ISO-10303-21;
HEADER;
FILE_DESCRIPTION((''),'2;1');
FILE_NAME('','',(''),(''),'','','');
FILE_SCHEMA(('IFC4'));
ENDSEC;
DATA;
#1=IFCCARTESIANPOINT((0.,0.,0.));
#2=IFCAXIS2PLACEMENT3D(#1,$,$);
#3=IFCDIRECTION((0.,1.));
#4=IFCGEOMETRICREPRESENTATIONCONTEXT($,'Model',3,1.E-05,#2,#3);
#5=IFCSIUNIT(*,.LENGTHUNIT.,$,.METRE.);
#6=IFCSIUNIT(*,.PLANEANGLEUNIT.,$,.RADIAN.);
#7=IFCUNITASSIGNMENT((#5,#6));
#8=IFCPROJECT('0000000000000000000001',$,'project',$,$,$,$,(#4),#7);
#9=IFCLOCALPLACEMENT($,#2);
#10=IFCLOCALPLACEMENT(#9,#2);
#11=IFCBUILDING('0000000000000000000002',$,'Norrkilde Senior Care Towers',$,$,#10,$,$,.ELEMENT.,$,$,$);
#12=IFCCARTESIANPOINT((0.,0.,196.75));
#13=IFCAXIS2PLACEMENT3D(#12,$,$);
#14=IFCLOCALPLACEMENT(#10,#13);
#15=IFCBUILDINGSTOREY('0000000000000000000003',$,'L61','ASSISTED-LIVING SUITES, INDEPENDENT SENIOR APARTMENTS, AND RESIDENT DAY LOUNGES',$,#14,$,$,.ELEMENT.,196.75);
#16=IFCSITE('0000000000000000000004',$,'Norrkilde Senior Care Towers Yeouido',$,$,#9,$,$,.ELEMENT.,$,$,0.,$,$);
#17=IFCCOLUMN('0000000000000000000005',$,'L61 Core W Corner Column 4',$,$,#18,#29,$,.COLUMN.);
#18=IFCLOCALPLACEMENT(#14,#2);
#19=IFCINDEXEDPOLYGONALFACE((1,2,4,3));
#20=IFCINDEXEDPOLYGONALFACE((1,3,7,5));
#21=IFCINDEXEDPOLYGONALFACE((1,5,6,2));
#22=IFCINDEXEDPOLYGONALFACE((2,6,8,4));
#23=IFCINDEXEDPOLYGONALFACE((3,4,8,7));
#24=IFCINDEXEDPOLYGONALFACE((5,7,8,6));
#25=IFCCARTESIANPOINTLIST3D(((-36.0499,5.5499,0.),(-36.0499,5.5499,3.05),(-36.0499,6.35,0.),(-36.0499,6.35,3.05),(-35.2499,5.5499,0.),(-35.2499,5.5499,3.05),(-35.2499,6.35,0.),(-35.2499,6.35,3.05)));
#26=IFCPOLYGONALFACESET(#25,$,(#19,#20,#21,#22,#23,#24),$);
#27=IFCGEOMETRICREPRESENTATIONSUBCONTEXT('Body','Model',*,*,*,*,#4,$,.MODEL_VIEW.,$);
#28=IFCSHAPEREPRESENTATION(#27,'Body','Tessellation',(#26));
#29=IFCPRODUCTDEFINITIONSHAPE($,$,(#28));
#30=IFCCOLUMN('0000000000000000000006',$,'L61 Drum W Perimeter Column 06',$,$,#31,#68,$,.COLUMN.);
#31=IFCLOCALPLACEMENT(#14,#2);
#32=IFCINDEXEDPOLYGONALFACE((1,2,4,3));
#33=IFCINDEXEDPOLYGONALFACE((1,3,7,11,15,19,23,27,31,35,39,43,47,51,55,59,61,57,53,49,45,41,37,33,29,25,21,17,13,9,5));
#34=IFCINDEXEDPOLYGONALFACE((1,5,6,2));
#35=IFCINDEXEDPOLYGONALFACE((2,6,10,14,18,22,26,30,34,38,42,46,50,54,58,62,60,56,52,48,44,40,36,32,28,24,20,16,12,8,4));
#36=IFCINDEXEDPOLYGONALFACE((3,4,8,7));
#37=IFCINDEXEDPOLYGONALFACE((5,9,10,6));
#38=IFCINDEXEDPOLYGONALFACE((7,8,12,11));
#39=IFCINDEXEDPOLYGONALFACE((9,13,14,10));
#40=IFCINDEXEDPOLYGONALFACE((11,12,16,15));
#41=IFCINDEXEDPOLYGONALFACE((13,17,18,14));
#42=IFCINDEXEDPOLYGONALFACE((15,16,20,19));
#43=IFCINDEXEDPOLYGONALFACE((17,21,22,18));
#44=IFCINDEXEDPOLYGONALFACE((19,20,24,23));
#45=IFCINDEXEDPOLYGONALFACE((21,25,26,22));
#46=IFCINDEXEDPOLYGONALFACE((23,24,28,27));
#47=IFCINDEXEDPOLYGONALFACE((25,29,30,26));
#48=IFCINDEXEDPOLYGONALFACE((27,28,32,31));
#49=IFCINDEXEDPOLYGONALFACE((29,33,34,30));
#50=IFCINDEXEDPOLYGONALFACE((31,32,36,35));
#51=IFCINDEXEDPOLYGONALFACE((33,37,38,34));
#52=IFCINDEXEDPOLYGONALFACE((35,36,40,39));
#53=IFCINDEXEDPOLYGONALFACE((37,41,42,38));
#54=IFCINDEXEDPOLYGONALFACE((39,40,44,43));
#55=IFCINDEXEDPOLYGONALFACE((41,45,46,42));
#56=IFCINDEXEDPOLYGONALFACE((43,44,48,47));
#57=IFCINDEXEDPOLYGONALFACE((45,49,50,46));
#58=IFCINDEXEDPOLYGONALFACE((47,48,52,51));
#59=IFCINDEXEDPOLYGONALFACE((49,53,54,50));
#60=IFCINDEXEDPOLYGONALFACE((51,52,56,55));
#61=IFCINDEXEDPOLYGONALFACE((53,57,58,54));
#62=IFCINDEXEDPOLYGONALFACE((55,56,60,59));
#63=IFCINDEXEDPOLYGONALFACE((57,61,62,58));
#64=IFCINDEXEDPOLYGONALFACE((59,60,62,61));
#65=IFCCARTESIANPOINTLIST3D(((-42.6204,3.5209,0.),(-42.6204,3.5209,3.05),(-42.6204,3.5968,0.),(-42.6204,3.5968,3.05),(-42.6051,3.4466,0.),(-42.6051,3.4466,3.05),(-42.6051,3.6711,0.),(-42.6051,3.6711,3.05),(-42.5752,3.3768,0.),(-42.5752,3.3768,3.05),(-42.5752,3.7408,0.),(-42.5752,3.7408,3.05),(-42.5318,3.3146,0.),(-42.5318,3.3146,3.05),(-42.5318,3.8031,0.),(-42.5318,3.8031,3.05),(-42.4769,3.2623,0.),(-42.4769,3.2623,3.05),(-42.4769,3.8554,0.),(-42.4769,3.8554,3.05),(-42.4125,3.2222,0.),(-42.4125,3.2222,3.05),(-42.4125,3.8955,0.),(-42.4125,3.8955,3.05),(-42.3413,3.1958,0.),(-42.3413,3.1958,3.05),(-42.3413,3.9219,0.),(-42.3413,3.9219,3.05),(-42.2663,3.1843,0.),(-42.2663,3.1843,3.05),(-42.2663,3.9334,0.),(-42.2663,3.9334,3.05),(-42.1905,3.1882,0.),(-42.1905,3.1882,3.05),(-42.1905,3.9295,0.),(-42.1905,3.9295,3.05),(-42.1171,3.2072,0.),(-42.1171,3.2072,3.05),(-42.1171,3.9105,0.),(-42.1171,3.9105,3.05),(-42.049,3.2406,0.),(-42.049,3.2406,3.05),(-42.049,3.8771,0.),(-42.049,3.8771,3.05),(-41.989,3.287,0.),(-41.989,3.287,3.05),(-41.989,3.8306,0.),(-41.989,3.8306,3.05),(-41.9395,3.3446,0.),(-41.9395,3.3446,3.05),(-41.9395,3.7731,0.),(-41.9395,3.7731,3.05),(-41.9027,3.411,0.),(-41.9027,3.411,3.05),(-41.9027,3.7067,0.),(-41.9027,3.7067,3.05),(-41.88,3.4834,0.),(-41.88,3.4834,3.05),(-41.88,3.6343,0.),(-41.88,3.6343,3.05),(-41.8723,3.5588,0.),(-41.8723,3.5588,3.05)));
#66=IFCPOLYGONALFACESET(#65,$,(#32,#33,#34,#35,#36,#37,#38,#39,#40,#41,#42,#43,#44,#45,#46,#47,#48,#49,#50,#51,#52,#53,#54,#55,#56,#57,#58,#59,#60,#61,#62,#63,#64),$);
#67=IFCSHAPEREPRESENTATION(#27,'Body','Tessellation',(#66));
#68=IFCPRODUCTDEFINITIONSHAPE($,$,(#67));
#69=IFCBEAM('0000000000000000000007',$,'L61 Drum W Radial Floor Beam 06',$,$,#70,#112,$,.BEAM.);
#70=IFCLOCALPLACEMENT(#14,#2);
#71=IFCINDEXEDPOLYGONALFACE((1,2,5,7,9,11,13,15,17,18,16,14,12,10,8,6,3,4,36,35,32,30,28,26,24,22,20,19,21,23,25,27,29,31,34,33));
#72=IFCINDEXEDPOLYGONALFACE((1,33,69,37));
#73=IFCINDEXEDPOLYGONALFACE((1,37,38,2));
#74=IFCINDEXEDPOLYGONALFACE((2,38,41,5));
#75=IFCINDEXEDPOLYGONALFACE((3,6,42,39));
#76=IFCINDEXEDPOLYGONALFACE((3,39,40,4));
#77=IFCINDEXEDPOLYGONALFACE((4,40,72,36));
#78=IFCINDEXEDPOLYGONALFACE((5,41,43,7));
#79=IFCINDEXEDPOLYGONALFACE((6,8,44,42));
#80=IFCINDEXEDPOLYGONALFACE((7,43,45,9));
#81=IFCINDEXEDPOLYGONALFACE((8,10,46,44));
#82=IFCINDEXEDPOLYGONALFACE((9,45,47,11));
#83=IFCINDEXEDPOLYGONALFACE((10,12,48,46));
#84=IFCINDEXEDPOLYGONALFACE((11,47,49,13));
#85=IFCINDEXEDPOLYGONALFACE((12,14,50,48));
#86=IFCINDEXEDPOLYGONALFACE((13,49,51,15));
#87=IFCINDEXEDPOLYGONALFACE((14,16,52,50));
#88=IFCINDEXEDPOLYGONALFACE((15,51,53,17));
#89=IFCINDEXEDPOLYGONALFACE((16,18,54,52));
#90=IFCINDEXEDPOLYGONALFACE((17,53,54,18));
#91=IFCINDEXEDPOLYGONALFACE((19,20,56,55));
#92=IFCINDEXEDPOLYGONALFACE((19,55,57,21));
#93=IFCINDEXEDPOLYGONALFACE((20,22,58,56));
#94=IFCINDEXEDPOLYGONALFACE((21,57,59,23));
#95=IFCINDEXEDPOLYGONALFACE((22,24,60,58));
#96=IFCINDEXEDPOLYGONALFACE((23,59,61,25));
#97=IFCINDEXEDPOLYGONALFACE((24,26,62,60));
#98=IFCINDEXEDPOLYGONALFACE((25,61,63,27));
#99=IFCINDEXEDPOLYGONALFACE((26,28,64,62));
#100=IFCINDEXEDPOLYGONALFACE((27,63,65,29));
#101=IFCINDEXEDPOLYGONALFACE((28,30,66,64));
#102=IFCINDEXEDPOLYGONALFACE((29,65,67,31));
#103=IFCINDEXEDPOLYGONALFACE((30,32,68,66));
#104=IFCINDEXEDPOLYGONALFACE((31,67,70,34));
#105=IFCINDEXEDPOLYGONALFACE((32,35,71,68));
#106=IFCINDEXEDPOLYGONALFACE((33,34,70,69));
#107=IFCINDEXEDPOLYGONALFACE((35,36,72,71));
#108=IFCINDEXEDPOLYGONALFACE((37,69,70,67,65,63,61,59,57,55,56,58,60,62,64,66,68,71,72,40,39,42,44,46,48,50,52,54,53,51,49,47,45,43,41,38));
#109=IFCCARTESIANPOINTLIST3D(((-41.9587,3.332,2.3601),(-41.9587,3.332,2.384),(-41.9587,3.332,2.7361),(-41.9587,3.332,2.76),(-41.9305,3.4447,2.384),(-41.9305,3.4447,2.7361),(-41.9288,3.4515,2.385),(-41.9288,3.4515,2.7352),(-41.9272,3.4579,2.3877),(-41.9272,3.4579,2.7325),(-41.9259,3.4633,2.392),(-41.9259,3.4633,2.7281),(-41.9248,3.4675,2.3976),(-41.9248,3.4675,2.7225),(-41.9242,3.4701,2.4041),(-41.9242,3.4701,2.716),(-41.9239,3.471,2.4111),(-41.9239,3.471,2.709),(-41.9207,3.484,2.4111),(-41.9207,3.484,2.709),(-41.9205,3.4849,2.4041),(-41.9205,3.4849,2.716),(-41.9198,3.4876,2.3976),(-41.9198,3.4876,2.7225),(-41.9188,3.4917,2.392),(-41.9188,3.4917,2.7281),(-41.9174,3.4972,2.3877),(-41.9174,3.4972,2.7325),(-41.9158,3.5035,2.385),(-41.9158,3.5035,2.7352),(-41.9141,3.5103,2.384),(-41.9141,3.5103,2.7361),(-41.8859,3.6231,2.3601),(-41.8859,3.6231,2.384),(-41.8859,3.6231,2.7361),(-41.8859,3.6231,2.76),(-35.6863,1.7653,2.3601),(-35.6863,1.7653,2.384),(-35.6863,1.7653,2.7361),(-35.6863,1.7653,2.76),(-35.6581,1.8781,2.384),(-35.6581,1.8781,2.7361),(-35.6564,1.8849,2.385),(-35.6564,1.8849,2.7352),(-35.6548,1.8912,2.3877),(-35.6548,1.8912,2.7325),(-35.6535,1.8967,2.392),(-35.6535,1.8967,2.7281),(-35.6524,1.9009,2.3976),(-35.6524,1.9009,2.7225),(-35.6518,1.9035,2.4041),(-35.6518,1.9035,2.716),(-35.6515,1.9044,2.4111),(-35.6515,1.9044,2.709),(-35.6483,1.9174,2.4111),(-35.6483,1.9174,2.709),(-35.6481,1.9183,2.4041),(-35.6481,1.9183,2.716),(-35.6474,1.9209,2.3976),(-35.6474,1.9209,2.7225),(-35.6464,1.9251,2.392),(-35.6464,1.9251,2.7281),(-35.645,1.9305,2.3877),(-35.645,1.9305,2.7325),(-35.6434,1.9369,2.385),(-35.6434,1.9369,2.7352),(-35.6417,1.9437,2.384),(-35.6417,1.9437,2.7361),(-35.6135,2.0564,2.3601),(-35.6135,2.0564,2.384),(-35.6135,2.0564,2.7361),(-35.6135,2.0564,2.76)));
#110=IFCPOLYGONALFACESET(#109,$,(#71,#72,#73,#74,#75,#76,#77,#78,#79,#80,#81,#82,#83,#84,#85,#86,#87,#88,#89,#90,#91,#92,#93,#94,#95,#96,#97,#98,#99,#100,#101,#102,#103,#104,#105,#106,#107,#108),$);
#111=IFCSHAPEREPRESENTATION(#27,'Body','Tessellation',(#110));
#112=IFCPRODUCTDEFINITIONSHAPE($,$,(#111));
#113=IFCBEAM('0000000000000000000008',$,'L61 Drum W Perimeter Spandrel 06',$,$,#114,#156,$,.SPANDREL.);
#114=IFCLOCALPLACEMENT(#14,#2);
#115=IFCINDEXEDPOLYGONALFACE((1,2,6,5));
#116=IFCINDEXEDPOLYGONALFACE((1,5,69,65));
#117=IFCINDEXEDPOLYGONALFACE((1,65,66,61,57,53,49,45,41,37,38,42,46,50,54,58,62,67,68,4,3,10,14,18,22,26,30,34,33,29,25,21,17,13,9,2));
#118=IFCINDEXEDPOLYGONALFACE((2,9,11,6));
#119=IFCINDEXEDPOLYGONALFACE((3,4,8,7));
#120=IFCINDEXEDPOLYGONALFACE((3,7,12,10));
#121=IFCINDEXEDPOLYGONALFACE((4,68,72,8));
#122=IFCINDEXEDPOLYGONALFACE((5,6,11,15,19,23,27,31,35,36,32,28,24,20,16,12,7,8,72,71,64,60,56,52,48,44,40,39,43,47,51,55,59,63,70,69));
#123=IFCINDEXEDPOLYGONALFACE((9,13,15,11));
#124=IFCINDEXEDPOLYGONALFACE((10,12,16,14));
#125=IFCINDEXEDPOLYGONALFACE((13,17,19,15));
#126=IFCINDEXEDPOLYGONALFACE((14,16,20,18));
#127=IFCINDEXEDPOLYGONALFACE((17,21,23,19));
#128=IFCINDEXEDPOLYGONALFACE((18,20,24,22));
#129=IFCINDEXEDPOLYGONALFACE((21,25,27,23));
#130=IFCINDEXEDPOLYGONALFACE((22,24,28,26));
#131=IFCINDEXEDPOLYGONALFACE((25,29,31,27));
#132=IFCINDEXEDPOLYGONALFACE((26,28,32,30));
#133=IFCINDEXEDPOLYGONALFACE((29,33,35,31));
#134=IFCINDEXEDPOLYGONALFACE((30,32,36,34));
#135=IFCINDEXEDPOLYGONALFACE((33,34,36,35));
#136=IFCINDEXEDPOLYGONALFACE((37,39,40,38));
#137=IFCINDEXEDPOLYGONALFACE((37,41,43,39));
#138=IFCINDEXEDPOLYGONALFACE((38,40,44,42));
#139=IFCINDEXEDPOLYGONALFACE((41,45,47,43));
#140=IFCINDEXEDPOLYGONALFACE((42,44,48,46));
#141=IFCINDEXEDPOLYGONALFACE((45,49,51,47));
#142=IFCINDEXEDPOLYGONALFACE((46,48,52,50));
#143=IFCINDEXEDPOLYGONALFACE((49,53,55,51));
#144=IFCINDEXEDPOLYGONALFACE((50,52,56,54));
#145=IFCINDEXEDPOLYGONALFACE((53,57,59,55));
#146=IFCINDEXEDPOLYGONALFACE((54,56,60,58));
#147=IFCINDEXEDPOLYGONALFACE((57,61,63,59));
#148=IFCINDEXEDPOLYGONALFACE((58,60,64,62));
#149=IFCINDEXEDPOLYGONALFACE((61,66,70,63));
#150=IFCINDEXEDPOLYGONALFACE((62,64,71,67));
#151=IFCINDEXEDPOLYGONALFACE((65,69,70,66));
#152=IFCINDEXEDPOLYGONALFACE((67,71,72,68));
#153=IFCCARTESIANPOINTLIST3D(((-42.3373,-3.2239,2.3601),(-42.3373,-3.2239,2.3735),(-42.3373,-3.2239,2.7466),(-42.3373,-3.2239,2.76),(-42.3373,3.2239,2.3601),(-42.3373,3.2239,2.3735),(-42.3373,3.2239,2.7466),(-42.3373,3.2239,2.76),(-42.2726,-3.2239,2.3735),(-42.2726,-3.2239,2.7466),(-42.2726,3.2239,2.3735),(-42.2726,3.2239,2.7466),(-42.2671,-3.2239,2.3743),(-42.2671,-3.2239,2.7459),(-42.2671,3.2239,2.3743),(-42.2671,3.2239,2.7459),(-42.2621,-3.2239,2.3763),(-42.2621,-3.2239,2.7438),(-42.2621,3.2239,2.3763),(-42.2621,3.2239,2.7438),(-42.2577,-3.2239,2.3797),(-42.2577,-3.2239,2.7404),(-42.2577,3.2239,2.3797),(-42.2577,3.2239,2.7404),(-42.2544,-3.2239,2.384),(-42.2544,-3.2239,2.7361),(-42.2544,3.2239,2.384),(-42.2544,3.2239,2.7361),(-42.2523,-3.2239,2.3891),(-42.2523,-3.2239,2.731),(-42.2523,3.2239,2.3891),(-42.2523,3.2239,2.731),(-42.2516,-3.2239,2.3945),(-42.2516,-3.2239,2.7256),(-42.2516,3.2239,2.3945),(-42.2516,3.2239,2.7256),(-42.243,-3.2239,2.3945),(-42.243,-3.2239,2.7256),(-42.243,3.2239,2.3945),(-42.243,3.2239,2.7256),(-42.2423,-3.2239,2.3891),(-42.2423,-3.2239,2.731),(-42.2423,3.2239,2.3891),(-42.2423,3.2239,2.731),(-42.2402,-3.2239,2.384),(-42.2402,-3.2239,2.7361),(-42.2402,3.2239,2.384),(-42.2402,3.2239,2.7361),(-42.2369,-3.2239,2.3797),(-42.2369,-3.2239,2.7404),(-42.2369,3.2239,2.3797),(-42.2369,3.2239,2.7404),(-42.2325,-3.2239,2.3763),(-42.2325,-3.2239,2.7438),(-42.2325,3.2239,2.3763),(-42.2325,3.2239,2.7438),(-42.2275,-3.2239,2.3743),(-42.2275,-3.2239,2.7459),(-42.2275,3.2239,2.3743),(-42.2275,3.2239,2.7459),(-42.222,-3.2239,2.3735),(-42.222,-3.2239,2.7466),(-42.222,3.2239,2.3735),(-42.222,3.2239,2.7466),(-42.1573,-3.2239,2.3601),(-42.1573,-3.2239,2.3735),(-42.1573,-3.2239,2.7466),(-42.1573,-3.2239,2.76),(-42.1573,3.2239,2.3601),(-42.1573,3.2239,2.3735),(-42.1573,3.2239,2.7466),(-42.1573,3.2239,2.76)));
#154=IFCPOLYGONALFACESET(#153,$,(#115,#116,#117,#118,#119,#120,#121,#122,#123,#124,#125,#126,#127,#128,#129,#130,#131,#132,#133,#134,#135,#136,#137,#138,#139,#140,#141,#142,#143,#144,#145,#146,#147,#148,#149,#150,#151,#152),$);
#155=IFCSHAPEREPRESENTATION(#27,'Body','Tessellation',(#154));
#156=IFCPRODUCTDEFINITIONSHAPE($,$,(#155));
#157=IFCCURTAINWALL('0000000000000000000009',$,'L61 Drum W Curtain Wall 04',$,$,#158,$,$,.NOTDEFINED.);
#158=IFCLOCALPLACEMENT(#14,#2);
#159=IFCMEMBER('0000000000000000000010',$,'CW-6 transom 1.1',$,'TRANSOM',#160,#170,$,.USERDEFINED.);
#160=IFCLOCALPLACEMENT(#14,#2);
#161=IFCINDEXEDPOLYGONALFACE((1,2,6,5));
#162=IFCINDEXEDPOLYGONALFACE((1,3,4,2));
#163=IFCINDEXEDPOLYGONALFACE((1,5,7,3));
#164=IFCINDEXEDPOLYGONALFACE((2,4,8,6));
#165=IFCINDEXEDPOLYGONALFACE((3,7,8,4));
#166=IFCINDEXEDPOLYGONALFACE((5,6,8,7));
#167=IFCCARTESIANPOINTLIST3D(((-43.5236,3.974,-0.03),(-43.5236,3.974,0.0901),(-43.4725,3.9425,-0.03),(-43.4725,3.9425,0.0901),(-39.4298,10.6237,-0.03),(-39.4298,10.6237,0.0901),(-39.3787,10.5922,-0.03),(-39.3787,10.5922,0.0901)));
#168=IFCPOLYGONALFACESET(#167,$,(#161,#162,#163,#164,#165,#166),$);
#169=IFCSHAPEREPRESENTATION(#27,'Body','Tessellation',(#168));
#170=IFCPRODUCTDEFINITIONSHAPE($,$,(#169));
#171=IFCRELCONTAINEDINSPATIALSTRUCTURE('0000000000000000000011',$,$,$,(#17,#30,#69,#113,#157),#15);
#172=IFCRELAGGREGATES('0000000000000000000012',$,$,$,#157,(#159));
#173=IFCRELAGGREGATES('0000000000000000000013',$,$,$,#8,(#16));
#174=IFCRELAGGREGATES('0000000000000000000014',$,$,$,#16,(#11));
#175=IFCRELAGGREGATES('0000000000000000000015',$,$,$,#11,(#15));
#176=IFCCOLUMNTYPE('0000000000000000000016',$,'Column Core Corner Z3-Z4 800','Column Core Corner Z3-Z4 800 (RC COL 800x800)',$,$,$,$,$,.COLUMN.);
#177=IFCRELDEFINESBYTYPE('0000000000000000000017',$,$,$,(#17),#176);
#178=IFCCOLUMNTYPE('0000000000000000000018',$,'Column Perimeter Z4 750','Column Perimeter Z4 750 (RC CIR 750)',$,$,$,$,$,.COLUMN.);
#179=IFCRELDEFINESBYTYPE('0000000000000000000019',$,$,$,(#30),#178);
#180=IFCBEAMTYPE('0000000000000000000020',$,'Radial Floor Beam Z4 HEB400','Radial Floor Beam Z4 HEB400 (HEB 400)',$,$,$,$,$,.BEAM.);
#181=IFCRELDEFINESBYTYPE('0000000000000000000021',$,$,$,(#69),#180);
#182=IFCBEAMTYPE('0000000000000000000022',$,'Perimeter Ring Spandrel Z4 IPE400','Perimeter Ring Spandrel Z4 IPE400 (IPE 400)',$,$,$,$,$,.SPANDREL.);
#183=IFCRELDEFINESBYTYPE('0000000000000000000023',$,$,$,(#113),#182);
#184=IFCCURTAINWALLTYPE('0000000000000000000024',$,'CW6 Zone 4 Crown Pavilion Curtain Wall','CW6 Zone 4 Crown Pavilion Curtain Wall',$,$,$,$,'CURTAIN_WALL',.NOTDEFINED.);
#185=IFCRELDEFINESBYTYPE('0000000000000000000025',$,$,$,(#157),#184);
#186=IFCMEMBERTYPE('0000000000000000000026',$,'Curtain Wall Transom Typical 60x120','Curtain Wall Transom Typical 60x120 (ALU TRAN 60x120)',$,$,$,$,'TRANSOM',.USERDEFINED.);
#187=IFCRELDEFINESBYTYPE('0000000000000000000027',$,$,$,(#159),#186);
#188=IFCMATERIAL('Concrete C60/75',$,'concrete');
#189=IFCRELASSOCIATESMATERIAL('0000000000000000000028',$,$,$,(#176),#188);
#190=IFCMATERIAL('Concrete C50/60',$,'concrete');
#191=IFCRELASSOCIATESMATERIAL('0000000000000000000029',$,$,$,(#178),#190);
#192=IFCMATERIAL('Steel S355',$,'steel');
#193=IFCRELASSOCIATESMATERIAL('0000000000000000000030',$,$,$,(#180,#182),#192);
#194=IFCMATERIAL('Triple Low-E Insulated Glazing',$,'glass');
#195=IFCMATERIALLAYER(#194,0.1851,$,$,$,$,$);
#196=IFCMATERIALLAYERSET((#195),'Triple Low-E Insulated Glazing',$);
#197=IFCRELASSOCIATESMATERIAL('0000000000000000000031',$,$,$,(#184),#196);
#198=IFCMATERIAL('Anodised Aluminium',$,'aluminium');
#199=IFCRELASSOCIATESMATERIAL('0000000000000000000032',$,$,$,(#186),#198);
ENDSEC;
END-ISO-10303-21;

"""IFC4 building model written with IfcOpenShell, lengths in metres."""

from ifc_helpers import new_model, si_unit, direction, frame, origin, origin_2d, place, context, subcontext, project, spatial, rectangle, circle, i_section, extrude, source, transform, mapped, material, layer, layer_set, material_profile, profile_set, type_object, type_shapes, element, aggregate, save


model = new_model("IFC4")

# Units and contexts
model_context = context("Model", 3, precision=1e-05, world=origin(), true_north=direction((0.0, 1.0)))
body_context = subcontext(model_context, "Body", "Model", "MODEL_VIEW")
ifc_project = project(units=[si_unit("LENGTHUNIT", "METRE"), si_unit("PLANEANGLEUNIT", "RADIAN")], contexts=[model_context])

# Site, building, storey
site_placement = place(None, origin())
site = spatial("IfcSite", under=ifc_project, at=site_placement, Name="Norrkilde Senior Care Towers Yeouido", CompositionType="ELEMENT", RefElevation=0.0)
building_placement = place(site_placement, origin())
building = spatial("IfcBuilding", under=site, at=building_placement, Name="Norrkilde Senior Care Towers", CompositionType="ELEMENT")
storey_placement = place(building_placement, frame((0.0, 0.0, 196.75)))
storey = spatial("IfcBuildingStorey", under=building, at=storey_placement, Name="L61", Description="ASSISTED-LIVING SUITES, INDEPENDENT SENIOR APARTMENTS, AND RESIDENT DAY LOUNGES", CompositionType="ELEMENT", Elevation=196.75)

# Columns
ifc_material_1 = material(Name="Concrete C60/75", Category="concrete")
ifc_material_profile_1 = material_profile(ifc_material_1, rectangle(XDim=0.8, YDim=0.8, at=origin_2d()), Name="RC COL 800x800")
ifc_profile_set_1 = profile_set([ifc_material_profile_1], Name="Concrete C60/75")
column_type_1 = type_object("IfcColumnType", Name="Column Core Corner Z3-Z4 800", Description="Column Core Corner Z3-Z4 800 (RC COL 800x800)", PredefinedType="COLUMN", material=ifc_profile_set_1)
shared_shape_1 = source(origin(), body_context, "Body", "SweptSolid", [
    extrude(rectangle(XDim=0.8, YDim=0.8, at=origin_2d()), origin(), (0.0, 0.0, 1.0), 3.05),
])
type_shapes(column_type_1, [shared_shape_1])
column_1_placement = place(storey_placement, frame((-35.6499, 5.95, 0.0), z_axis=(0.0, 0.0, 1.0), x_axis=(1.0, 0.0, 0.0)))
element("IfcColumn", 1, at=column_1_placement, inside=storey, type_object=column_type_1, Name="L61 Core W Corner Column 4", PredefinedType="COLUMN", context=body_context, shape_type="MappedRepresentation", body=[
    mapped(shared_shape_1, transform((0.0, 0.0, 0.0), x_axis=(1.0, 0.0, 0.0), y_axis=(0.0, 1.0, 0.0), z_axis=(0.0, 0.0, 1.0), scale=1.0)),
])
ifc_material_2 = material(Name="Concrete C50/60", Category="concrete")
ifc_material_profile_2 = material_profile(ifc_material_2, circle(Radius=0.375, at=origin_2d()), Name="RC CIR 750")
ifc_profile_set_2 = profile_set([ifc_material_profile_2], Name="Concrete C50/60")
column_type_2 = type_object("IfcColumnType", Name="Column Perimeter Z4 750", Description="Column Perimeter Z4 750 (RC CIR 750)", PredefinedType="COLUMN", material=ifc_profile_set_2)
shared_shape_2 = source(origin(), body_context, "Body", "SweptSolid", [
    extrude(circle(Radius=0.375, at=origin_2d()), origin(), (0.0, 0.0, 1.0), 3.05),
])
type_shapes(column_type_2, [shared_shape_2])
column_2_placement = place(storey_placement, frame((-42.2473, 3.5588, 0.0), z_axis=(0.0, 0.0, 1.0), x_axis=(1.0, 0.0, 0.0)))
element("IfcColumn", 2, at=column_2_placement, inside=storey, type_object=column_type_2, Name="L61 Drum W Perimeter Column 06", PredefinedType="COLUMN", context=body_context, shape_type="MappedRepresentation", body=[
    mapped(shared_shape_2, transform((0.0, 0.0, 0.0), x_axis=(1.0, 0.0, 0.0), y_axis=(0.0, 1.0, 0.0), z_axis=(0.0, 0.0, 1.0), scale=1.0)),
])

# Beams
ifc_material_3 = material(Name="Steel S355", Category="steel")
ifc_material_profile_3 = material_profile(ifc_material_3, i_section(OverallWidth=0.3, OverallDepth=0.3999, WebThickness=0.0134, FlangeThickness=0.0239, FilletRadius=0.0271, at=origin_2d()), Name="HEB 400")
ifc_profile_set_3 = profile_set([ifc_material_profile_3], Name="Steel S355")
beam_type_1 = type_object("IfcBeamType", Name="Radial Floor Beam Z4 HEB400", Description="Radial Floor Beam Z4 HEB400 (HEB 400)", PredefinedType="BEAM", material=ifc_profile_set_3)
shared_shape_3 = source(origin(), body_context, "Body", "SweptSolid", [
    extrude(i_section(OverallWidth=0.3, OverallDepth=0.3999, WebThickness=0.0134, FlangeThickness=0.0239, FilletRadius=0.0271, at=origin_2d()), origin(), (0.0, 0.0, 1.0), 6.4651),
])
type_shapes(beam_type_1, [shared_shape_3])
beam_1_placement = place(storey_placement, frame((-35.6499, 1.9109, 2.5601), z_axis=(-0.970196, 0.242322, 0.0), x_axis=(-0.242322, -0.970196, 0.0)))
element("IfcBeam", 3, at=beam_1_placement, inside=storey, type_object=beam_type_1, Name="L61 Drum W Radial Floor Beam 06", PredefinedType="BEAM", context=body_context, shape_type="MappedRepresentation", body=[
    mapped(shared_shape_3, transform((0.0, 0.0, 0.0), x_axis=(1.0, 0.0, 0.0), y_axis=(0.0, 1.0, 0.0), z_axis=(0.0, 0.0, 1.0), scale=1.0)),
])
ifc_material_profile_4 = material_profile(ifc_material_3, i_section(OverallWidth=0.1799, OverallDepth=0.3999, WebThickness=0.0085, FlangeThickness=0.0134, FilletRadius=0.021, at=origin_2d()), Name="IPE 400")
ifc_profile_set_4 = profile_set([ifc_material_profile_4], Name="Steel S355")
beam_type_2 = type_object("IfcBeamType", Name="Perimeter Ring Spandrel Z4 IPE400", Description="Perimeter Ring Spandrel Z4 IPE400 (IPE 400)", PredefinedType="SPANDREL", material=ifc_profile_set_4)
shared_shape_4 = source(origin(), body_context, "Body", "SweptSolid", [
    extrude(i_section(OverallWidth=0.1799, OverallDepth=0.3999, WebThickness=0.0085, FlangeThickness=0.0134, FilletRadius=0.021, at=origin_2d()), origin(), (0.0, 0.0, 1.0), 6.4478),
])
type_shapes(beam_type_2, [shared_shape_4])
beam_2_placement = place(storey_placement, frame((-42.2473, 3.2239, 2.5601), z_axis=(0.0, -1.0, 0.0), x_axis=(1.0, 0.0, 0.0)))
element("IfcBeam", 4, at=beam_2_placement, inside=storey, type_object=beam_type_2, Name="L61 Drum W Perimeter Spandrel 06", PredefinedType="SPANDREL", context=body_context, shape_type="MappedRepresentation", body=[
    mapped(shared_shape_4, transform((0.0, 0.0, 0.0), x_axis=(1.0, 0.0, 0.0), y_axis=(0.0, 1.0, 0.0), z_axis=(0.0, 0.0, 1.0), scale=1.0)),
])

# Curtain wall, member
ifc_material_4 = material(Name="Triple Low-E Insulated Glazing", Category="glass")
ifc_layer_1 = layer(ifc_material_4, 0.1851)
ifc_layer_set_1 = layer_set([ifc_layer_1], Name="Triple Low-E Insulated Glazing")
curtain_wall_type = type_object("IfcCurtainWallType", Name="CW6 Zone 4 Crown Pavilion Curtain Wall", Description="CW6 Zone 4 Crown Pavilion Curtain Wall", ElementType="CURTAIN_WALL", PredefinedType="NOTDEFINED", material=ifc_layer_set_1)
curtain_wall_1_placement = place(storey_placement, origin())
curtain_wall_1 = element("IfcCurtainWall", 5, at=curtain_wall_1_placement, inside=storey, type_object=curtain_wall_type, Name="L61 Drum W Curtain Wall 04", PredefinedType="NOTDEFINED")
ifc_material_5 = material(Name="Anodised Aluminium", Category="aluminium")
ifc_material_profile_5 = material_profile(ifc_material_5, rectangle(XDim=0.0601, YDim=0.1201, at=origin_2d()), Name="ALU TRAN 60x120")
ifc_profile_set_5 = profile_set([ifc_material_profile_5], Name="Anodised Aluminium")
member_type_1 = type_object("IfcMemberType", Name="Curtain Wall Transom Typical 60x120", Description="Curtain Wall Transom Typical 60x120 (ALU TRAN 60x120)", ElementType="TRANSOM", PredefinedType="USERDEFINED", material=ifc_profile_set_5)
shared_shape_5 = source(origin(), body_context, "Body", "SweptSolid", [
    extrude(rectangle(XDim=0.0601, YDim=0.1201, at=origin_2d()), origin(), (0.0, 0.0, 1.0), 7.8088),
])
type_shapes(member_type_1, [shared_shape_5])
member_1_placement = place(storey_placement, frame((-43.498, 3.9583, 0.03), z_axis=(0.524251, 0.851564, 0.0), x_axis=(-0.851564, 0.524251, 0.0)))
member_1 = element("IfcMember", 6, at=member_1_placement, type_object=member_type_1, Name="CW-6 transom 1.1", ObjectType="TRANSOM", PredefinedType="USERDEFINED", context=body_context, shape_type="MappedRepresentation", body=[
    mapped(shared_shape_5, transform((0.0, 0.0, 0.0), x_axis=(1.0, 0.0, 0.0), y_axis=(0.0, 1.0, 0.0), z_axis=(0.0, 0.0, 1.0), scale=1.0)),
])
aggregate(curtain_wall_1, [member_1])

save(model, "model.ifc")
